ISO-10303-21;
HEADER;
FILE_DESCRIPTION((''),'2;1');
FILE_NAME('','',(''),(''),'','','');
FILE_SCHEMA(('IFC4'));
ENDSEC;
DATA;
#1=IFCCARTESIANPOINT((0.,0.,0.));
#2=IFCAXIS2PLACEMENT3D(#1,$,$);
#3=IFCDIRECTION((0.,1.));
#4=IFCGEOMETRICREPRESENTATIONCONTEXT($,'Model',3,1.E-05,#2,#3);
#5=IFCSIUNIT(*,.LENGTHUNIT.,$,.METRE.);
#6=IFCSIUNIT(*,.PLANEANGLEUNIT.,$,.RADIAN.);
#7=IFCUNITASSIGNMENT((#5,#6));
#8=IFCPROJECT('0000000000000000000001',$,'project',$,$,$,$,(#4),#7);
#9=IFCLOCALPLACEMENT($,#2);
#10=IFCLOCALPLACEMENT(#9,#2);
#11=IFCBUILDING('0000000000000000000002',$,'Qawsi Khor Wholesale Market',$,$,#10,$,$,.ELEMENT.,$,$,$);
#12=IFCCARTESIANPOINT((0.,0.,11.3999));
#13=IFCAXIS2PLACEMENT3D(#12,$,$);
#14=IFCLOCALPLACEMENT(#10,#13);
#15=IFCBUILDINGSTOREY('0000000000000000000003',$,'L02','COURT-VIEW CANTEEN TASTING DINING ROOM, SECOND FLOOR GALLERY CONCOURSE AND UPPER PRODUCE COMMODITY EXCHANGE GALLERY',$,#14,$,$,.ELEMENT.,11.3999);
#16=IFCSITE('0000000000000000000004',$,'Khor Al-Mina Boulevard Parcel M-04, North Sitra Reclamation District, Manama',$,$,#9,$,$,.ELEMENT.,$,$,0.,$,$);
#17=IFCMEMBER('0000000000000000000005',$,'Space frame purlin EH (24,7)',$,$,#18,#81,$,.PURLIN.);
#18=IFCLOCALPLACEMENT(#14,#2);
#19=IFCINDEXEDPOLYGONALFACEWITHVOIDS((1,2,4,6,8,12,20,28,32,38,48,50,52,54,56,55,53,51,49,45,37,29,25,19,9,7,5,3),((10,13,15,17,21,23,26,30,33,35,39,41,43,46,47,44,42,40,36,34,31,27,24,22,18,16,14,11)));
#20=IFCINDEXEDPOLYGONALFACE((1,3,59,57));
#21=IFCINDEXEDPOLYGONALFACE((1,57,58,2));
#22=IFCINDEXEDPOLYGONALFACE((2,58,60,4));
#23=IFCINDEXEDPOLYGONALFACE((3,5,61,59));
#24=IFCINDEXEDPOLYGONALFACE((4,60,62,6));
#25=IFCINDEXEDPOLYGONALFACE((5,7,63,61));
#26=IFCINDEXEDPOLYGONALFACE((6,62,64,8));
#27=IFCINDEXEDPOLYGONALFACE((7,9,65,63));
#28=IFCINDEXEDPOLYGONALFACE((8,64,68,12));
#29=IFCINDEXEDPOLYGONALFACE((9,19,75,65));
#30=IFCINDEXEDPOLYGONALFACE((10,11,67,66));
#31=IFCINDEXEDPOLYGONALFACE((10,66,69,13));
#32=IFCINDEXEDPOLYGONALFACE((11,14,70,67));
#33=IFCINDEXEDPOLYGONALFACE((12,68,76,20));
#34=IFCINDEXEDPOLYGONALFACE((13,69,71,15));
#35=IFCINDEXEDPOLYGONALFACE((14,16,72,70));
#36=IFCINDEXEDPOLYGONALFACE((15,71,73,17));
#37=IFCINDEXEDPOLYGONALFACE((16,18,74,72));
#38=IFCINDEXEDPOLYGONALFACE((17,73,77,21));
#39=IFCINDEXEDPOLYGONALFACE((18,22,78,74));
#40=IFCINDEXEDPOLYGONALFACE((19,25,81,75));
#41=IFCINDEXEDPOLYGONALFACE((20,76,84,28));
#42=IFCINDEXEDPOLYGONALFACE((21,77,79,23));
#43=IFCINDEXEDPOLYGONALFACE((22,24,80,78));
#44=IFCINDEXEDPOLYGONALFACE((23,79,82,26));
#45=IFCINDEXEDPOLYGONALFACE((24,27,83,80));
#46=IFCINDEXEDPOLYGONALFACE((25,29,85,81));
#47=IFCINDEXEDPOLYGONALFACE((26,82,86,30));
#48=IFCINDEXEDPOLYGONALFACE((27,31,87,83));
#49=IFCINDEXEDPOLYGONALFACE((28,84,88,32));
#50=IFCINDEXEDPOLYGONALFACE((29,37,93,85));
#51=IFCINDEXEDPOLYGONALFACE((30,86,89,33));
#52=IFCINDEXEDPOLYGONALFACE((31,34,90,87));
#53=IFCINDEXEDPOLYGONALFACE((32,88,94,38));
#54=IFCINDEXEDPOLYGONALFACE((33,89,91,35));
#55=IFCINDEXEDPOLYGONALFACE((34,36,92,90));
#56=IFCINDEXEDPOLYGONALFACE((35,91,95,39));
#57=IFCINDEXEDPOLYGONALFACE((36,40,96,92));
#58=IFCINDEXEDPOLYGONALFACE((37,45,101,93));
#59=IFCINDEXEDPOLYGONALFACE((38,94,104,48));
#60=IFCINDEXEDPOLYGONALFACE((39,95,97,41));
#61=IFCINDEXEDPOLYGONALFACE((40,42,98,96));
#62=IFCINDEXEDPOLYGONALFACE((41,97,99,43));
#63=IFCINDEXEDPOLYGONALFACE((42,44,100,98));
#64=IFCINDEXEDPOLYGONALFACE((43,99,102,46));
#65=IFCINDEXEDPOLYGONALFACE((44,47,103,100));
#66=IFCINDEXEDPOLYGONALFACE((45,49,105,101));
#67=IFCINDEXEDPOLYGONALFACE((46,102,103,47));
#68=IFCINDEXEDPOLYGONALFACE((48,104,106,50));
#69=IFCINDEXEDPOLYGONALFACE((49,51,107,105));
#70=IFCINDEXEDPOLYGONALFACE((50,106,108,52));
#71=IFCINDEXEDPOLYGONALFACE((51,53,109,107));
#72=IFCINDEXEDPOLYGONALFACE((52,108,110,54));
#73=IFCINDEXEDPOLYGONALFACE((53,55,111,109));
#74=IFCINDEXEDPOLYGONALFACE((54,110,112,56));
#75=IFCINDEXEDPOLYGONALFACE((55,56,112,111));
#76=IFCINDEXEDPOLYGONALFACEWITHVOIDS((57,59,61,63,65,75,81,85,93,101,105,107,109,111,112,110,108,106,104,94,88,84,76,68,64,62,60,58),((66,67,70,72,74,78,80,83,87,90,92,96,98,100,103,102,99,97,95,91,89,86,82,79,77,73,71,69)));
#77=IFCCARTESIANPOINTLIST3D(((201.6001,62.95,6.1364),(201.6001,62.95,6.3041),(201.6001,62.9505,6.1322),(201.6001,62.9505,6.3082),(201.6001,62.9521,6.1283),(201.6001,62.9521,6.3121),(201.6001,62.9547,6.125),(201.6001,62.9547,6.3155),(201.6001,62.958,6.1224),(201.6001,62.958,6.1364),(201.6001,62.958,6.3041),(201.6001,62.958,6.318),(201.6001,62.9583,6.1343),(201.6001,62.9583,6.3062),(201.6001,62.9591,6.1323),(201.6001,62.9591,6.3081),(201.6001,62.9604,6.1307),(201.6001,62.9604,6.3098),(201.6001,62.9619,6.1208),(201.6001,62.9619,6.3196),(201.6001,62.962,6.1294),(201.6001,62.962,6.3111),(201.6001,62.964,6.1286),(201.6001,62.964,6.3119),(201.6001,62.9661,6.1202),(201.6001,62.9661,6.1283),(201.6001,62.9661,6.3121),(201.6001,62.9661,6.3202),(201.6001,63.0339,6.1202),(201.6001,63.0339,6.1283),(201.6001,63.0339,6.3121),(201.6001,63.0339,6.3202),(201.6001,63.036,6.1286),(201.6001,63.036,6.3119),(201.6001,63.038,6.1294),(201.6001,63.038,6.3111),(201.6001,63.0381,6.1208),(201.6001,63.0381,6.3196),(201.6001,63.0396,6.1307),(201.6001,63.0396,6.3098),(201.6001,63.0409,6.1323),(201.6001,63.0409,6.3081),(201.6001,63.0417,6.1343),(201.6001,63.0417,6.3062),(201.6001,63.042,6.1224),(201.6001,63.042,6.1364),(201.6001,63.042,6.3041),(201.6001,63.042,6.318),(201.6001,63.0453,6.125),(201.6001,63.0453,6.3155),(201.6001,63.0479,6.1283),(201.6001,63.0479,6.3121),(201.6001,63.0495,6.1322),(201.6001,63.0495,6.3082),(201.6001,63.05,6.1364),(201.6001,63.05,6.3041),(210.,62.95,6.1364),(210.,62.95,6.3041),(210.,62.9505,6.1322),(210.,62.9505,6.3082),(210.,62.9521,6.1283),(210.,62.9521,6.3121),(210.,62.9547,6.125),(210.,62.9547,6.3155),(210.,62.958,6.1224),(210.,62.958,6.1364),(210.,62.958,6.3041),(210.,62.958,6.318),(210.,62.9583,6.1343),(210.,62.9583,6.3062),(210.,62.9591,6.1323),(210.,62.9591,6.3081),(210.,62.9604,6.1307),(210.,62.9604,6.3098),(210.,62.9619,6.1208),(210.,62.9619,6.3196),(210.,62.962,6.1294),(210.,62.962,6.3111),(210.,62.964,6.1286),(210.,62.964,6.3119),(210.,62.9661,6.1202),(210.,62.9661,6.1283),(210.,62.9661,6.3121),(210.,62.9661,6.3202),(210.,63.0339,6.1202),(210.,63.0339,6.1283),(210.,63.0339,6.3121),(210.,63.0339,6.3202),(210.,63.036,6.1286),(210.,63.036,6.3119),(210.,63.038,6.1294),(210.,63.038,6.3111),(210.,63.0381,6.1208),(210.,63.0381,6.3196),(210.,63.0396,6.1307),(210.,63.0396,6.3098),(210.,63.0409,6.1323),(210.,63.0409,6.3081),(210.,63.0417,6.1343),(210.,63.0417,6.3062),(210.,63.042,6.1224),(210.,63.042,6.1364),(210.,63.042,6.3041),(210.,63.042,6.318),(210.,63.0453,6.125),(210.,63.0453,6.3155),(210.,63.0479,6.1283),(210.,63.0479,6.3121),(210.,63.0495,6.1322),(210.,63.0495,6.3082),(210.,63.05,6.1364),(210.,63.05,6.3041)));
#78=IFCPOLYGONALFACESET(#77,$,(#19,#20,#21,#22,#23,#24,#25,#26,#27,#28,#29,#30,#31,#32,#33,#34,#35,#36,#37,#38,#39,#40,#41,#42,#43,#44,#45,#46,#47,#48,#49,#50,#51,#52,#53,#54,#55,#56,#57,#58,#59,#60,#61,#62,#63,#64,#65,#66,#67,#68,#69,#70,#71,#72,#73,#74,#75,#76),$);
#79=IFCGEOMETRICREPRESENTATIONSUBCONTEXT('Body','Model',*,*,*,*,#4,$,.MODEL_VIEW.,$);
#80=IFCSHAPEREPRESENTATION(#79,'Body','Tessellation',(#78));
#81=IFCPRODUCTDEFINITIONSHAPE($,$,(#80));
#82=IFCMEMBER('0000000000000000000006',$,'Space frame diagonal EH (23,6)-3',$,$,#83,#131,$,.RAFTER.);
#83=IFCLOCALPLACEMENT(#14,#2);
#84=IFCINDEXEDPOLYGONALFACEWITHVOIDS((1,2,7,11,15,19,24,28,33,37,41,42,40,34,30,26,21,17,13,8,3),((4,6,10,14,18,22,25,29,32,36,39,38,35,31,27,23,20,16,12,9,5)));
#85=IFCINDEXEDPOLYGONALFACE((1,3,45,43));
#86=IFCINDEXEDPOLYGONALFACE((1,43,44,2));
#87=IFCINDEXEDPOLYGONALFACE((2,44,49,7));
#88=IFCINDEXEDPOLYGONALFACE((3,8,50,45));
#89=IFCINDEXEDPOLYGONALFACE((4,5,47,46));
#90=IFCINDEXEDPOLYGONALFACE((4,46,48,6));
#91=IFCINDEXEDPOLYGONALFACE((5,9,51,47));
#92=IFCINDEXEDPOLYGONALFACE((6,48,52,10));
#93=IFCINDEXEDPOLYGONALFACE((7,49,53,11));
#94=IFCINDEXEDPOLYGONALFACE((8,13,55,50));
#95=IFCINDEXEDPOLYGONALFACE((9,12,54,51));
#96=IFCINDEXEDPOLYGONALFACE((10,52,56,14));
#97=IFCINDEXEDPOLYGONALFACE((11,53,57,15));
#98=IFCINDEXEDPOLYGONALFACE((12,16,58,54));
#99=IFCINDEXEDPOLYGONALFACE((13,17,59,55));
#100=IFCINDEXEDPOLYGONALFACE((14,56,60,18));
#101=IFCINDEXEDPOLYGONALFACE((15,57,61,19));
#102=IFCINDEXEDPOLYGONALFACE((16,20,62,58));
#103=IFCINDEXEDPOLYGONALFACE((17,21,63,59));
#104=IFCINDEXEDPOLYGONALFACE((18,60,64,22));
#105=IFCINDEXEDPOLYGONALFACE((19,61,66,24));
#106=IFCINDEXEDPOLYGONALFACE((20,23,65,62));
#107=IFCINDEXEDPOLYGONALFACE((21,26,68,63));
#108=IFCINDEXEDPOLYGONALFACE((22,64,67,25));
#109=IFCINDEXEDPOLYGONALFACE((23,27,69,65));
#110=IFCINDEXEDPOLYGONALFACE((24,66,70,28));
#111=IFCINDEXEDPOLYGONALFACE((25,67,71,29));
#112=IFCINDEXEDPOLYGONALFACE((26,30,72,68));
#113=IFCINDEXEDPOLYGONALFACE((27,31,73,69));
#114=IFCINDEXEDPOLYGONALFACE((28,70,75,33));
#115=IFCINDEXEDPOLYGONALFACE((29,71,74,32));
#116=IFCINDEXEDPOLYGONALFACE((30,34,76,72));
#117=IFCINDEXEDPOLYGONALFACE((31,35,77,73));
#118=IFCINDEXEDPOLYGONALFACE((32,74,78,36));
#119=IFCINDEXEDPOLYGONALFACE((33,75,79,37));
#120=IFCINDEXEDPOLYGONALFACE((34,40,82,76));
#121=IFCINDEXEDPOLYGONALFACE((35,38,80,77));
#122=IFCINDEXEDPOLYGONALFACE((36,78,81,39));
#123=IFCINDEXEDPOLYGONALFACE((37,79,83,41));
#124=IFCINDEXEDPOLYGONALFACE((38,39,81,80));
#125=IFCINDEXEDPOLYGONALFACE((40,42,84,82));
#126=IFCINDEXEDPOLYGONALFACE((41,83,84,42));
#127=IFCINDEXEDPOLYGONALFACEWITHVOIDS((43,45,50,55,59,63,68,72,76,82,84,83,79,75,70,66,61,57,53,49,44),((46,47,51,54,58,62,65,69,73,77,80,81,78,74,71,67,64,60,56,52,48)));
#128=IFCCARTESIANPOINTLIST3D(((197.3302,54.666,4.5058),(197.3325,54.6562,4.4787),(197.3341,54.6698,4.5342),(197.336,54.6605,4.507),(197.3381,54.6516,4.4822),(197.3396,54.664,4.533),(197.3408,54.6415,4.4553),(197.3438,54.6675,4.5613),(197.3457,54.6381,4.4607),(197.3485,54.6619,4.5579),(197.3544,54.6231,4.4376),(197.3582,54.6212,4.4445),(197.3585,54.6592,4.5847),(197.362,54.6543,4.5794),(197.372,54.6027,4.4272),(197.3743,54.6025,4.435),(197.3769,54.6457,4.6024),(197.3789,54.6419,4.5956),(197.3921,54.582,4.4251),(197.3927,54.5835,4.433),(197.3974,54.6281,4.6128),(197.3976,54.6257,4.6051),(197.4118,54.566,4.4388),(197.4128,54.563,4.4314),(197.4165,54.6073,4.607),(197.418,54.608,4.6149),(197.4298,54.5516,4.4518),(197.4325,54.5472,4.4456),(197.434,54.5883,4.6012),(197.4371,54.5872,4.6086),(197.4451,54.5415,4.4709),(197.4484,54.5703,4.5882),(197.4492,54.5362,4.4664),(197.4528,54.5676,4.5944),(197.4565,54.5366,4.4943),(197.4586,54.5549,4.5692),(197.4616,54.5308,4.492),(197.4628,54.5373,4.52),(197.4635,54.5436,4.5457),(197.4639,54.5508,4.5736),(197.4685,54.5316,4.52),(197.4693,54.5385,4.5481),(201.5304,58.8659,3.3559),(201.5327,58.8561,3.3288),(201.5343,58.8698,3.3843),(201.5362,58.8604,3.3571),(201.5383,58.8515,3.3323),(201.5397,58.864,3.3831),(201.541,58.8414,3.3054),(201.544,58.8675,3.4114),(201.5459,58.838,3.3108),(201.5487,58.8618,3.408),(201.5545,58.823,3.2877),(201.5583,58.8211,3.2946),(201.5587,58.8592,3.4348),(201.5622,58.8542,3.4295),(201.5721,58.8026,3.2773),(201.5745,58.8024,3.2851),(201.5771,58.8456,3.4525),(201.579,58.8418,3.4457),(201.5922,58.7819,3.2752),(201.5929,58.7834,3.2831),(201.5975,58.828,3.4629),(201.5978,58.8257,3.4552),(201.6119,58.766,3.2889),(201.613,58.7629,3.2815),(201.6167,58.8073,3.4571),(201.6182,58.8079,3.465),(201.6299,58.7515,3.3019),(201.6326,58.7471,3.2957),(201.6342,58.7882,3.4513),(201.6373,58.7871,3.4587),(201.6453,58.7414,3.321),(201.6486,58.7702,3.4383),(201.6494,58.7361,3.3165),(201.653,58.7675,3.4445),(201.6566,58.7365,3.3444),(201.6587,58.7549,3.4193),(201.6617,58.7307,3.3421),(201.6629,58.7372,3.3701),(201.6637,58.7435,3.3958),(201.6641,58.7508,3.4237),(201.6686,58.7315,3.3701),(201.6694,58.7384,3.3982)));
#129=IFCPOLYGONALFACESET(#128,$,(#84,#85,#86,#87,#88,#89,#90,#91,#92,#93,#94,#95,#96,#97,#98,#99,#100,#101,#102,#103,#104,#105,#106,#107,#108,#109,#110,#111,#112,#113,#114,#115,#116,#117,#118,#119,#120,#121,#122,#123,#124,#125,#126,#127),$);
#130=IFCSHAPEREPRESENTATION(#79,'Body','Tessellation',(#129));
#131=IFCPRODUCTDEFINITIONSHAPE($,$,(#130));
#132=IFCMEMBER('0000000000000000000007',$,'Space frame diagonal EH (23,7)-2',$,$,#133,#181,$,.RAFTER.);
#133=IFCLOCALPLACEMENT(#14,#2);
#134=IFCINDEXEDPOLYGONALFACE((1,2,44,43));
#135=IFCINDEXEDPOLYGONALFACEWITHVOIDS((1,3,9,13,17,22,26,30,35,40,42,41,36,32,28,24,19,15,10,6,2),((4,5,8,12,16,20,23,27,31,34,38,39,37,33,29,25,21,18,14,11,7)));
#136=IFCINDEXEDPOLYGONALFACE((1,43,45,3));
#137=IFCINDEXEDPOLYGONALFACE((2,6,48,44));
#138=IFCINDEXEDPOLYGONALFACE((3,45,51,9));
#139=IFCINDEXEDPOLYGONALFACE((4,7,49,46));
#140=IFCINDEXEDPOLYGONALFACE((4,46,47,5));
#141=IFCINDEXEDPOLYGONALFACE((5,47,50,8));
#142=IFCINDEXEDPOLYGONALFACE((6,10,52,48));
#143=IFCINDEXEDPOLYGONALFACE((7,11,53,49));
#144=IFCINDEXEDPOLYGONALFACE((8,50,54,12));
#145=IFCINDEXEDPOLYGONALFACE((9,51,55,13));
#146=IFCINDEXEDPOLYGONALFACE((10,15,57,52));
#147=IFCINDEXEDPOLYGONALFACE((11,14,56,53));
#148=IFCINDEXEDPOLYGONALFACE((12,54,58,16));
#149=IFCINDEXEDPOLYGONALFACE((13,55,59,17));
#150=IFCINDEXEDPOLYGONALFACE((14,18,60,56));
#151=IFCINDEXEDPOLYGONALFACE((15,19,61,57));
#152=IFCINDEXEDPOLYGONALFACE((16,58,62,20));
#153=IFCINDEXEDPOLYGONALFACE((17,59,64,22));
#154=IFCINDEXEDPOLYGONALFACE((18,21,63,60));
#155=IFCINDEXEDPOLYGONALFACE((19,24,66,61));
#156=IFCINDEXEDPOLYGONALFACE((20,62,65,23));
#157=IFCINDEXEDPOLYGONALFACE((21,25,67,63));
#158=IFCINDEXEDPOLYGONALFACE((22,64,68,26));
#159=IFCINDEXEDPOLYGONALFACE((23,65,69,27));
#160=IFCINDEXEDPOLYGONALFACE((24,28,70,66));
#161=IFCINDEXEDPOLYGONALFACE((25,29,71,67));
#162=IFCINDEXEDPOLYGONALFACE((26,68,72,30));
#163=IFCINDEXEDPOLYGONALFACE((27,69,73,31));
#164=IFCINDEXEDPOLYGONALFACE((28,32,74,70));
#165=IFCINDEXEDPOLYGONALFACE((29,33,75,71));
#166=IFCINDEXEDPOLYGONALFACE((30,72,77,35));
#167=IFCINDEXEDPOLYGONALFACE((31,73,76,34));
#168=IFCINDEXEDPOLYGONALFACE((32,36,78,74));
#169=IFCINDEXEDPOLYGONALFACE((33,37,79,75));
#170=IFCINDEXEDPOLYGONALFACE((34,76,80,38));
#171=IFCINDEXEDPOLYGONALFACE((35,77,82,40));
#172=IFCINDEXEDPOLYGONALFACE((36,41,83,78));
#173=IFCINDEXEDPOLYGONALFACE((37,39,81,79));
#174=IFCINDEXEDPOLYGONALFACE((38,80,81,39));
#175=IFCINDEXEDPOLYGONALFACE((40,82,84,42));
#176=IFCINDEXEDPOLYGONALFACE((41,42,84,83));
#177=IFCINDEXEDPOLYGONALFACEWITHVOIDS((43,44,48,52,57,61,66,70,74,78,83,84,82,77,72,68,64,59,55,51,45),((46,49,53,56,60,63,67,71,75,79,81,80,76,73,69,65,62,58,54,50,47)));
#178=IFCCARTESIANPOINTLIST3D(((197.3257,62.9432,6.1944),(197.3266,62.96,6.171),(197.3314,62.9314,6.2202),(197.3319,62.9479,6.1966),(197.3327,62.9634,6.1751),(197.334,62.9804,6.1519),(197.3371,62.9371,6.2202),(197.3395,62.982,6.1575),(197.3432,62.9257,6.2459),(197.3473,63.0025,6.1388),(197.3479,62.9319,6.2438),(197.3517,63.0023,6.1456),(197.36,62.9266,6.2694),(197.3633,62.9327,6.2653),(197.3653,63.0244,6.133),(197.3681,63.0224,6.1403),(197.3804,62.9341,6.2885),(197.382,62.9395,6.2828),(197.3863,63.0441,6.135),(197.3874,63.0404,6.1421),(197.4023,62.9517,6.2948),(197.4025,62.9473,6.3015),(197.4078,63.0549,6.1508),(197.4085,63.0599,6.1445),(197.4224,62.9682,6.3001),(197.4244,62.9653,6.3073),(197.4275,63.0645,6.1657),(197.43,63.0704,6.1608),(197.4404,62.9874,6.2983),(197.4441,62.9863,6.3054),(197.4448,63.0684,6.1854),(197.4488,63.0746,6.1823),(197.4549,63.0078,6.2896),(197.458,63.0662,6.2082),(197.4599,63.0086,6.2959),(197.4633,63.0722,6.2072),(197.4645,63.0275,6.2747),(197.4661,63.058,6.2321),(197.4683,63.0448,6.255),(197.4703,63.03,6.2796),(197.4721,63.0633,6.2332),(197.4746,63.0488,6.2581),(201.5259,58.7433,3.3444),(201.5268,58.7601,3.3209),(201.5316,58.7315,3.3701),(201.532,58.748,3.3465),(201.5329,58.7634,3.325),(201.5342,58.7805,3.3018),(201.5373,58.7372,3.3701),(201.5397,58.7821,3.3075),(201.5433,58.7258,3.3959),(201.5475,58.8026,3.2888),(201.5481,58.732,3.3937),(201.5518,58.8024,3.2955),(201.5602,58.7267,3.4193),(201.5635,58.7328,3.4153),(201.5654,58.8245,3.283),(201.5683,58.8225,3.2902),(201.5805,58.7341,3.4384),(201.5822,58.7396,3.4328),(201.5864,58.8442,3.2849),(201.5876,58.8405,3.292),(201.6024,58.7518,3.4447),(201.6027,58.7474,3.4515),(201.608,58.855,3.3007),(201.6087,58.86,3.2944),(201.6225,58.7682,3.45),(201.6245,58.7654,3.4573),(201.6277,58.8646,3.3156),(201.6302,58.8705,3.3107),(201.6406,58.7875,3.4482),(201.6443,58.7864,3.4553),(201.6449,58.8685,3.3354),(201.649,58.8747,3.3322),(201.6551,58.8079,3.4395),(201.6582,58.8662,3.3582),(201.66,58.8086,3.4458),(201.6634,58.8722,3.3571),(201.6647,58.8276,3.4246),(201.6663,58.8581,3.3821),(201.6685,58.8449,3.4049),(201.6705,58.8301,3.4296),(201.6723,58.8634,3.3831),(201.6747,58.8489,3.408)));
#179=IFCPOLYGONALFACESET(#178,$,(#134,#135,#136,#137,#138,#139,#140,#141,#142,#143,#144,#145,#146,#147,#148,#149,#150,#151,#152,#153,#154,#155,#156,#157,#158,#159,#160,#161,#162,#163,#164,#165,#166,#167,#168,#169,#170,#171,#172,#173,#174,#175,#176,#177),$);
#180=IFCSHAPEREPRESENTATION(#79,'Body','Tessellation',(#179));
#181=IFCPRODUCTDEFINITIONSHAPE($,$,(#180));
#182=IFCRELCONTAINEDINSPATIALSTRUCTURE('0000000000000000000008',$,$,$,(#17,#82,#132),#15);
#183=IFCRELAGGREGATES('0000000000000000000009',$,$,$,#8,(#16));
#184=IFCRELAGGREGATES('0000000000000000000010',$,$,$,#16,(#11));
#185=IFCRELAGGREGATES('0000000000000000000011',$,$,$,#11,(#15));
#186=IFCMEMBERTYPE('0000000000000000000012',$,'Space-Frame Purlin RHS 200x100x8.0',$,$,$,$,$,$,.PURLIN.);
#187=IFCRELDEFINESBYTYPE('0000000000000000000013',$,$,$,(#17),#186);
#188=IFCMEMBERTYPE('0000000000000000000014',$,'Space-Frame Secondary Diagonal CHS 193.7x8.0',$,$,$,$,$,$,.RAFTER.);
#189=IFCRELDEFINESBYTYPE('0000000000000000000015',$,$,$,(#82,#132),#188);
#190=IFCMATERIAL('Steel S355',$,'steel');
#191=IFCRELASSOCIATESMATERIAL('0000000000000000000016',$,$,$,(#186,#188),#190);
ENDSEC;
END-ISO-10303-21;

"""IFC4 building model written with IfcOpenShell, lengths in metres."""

from ifc_helpers import new_model, si_unit, direction, frame, origin, origin_2d, place, context, subcontext, project, spatial, hollow_rectangle, hollow_circle, extrude, material, material_profile, profile_set, type_object, element, save


model = new_model("IFC4")

# Units and contexts
model_context = context("Model", 3, precision=1e-05, world=origin(), true_north=direction((0.0, 1.0)))
body_context = subcontext(model_context, "Body", "Model", "MODEL_VIEW")
ifc_project = project(units=[si_unit("LENGTHUNIT", "METRE"), si_unit("PLANEANGLEUNIT", "RADIAN")], contexts=[model_context])

# Site, building, storey
site_placement = place(None, origin())
site = spatial("IfcSite", under=ifc_project, at=site_placement, Name="Khor Al-Mina Boulevard Parcel M-04, North Sitra Reclamation District, Manama", CompositionType="ELEMENT", RefElevation=0.0)
building_placement = place(site_placement, origin())
building = spatial("IfcBuilding", under=site, at=building_placement, Name="Qawsi Khor Wholesale Market", CompositionType="ELEMENT")
storey_placement = place(building_placement, frame((0.0, 0.0, 11.3999)))
storey = spatial("IfcBuildingStorey", under=building, at=storey_placement, Name="L02", Description="COURT-VIEW CANTEEN TASTING DINING ROOM, SECOND FLOOR GALLERY CONCOURSE AND UPPER PRODUCE COMMODITY EXCHANGE GALLERY", CompositionType="ELEMENT", Elevation=11.3999)

# Members
ifc_material_1 = material(Name="Steel S355", Category="steel")
ifc_material_profile_1 = material_profile(ifc_material_1, hollow_rectangle(XDim=0.1001, YDim=0.2, WallThickness=0.0081, InnerFilletRadius=0.0081, OuterFilletRadius=0.0161, at=origin_2d()), Name="RHS 200x100x8.0")
ifc_profile_set_1 = profile_set([ifc_material_profile_1], Name="Steel S355")
member_type_1 = type_object("IfcMemberType", Name="Space-Frame Purlin RHS 200x100x8.0", PredefinedType="PURLIN", material=ifc_profile_set_1)
for number, where, z_axis, x_axis, name in (
    (1, (201.6001, 63.0, 6.2202), (1.0, 0.0, 0.0), (0.0, 1.0, 0.0), "Space frame purlin EH (24,7)"),
):
    element("IfcMember", number, at=place(storey_placement, frame(where, z_axis=z_axis, x_axis=x_axis)), inside=storey, type_object=member_type_1, Name=name, PredefinedType="PURLIN", context=body_context, shape_type="SweptSolid", body=[
        extrude(hollow_rectangle(XDim=0.1001, YDim=0.2, WallThickness=0.0081, InnerFilletRadius=0.0081, OuterFilletRadius=0.0161, at=origin_2d()), origin(), (0.0, 0.0, 1.0), 8.3999),
    ])
ifc_material_profile_2 = material_profile(ifc_material_1, hollow_circle(Radius=0.0969, WallThickness=0.0081, at=origin_2d()), Name="CHS 193.7x8.0")
ifc_profile_set_2 = profile_set([ifc_material_profile_2], Name="Steel S355")
member_type_2 = type_object("IfcMemberType", Name="Space-Frame Secondary Diagonal CHS 193.7x8.0", PredefinedType="RAFTER", material=ifc_profile_set_2)
member_1_placement = place(storey_placement, frame((201.6001, 58.8, 3.3701), z_axis=(-0.694238, -0.694197, 0.190064), x_axis=(0.707086, -0.707127, 0.0)))
element("IfcMember", 2, at=member_1_placement, inside=storey, type_object=member_type_2, Name="Space frame diagonal EH (23,6)-3", PredefinedType="RAFTER", context=body_context, shape_type="SweptSolid", body=[
    extrude(hollow_circle(Radius=0.0969, WallThickness=0.0081, at=origin_2d()), origin(), (0.0, 0.0, 1.0), 6.05),
])
for number, where, z_axis, x_axis, name in (
    (3, (201.6001, 58.8, 3.3701), (-0.637534, 0.637497, 0.432607), (-0.707086, -0.707127, 0.0), "Space frame diagonal EH (23,7)-2"),
):
    element("IfcMember", number, at=place(storey_placement, frame(where, z_axis=z_axis, x_axis=x_axis)), inside=storey, type_object=member_type_2, Name=name, PredefinedType="RAFTER", context=body_context, shape_type="SweptSolid", body=[
        extrude(hollow_circle(Radius=0.0969, WallThickness=0.0081, at=origin_2d()), origin(), (0.0, 0.0, 1.0), 6.5881),
    ])

save(model, "model.ifc")
